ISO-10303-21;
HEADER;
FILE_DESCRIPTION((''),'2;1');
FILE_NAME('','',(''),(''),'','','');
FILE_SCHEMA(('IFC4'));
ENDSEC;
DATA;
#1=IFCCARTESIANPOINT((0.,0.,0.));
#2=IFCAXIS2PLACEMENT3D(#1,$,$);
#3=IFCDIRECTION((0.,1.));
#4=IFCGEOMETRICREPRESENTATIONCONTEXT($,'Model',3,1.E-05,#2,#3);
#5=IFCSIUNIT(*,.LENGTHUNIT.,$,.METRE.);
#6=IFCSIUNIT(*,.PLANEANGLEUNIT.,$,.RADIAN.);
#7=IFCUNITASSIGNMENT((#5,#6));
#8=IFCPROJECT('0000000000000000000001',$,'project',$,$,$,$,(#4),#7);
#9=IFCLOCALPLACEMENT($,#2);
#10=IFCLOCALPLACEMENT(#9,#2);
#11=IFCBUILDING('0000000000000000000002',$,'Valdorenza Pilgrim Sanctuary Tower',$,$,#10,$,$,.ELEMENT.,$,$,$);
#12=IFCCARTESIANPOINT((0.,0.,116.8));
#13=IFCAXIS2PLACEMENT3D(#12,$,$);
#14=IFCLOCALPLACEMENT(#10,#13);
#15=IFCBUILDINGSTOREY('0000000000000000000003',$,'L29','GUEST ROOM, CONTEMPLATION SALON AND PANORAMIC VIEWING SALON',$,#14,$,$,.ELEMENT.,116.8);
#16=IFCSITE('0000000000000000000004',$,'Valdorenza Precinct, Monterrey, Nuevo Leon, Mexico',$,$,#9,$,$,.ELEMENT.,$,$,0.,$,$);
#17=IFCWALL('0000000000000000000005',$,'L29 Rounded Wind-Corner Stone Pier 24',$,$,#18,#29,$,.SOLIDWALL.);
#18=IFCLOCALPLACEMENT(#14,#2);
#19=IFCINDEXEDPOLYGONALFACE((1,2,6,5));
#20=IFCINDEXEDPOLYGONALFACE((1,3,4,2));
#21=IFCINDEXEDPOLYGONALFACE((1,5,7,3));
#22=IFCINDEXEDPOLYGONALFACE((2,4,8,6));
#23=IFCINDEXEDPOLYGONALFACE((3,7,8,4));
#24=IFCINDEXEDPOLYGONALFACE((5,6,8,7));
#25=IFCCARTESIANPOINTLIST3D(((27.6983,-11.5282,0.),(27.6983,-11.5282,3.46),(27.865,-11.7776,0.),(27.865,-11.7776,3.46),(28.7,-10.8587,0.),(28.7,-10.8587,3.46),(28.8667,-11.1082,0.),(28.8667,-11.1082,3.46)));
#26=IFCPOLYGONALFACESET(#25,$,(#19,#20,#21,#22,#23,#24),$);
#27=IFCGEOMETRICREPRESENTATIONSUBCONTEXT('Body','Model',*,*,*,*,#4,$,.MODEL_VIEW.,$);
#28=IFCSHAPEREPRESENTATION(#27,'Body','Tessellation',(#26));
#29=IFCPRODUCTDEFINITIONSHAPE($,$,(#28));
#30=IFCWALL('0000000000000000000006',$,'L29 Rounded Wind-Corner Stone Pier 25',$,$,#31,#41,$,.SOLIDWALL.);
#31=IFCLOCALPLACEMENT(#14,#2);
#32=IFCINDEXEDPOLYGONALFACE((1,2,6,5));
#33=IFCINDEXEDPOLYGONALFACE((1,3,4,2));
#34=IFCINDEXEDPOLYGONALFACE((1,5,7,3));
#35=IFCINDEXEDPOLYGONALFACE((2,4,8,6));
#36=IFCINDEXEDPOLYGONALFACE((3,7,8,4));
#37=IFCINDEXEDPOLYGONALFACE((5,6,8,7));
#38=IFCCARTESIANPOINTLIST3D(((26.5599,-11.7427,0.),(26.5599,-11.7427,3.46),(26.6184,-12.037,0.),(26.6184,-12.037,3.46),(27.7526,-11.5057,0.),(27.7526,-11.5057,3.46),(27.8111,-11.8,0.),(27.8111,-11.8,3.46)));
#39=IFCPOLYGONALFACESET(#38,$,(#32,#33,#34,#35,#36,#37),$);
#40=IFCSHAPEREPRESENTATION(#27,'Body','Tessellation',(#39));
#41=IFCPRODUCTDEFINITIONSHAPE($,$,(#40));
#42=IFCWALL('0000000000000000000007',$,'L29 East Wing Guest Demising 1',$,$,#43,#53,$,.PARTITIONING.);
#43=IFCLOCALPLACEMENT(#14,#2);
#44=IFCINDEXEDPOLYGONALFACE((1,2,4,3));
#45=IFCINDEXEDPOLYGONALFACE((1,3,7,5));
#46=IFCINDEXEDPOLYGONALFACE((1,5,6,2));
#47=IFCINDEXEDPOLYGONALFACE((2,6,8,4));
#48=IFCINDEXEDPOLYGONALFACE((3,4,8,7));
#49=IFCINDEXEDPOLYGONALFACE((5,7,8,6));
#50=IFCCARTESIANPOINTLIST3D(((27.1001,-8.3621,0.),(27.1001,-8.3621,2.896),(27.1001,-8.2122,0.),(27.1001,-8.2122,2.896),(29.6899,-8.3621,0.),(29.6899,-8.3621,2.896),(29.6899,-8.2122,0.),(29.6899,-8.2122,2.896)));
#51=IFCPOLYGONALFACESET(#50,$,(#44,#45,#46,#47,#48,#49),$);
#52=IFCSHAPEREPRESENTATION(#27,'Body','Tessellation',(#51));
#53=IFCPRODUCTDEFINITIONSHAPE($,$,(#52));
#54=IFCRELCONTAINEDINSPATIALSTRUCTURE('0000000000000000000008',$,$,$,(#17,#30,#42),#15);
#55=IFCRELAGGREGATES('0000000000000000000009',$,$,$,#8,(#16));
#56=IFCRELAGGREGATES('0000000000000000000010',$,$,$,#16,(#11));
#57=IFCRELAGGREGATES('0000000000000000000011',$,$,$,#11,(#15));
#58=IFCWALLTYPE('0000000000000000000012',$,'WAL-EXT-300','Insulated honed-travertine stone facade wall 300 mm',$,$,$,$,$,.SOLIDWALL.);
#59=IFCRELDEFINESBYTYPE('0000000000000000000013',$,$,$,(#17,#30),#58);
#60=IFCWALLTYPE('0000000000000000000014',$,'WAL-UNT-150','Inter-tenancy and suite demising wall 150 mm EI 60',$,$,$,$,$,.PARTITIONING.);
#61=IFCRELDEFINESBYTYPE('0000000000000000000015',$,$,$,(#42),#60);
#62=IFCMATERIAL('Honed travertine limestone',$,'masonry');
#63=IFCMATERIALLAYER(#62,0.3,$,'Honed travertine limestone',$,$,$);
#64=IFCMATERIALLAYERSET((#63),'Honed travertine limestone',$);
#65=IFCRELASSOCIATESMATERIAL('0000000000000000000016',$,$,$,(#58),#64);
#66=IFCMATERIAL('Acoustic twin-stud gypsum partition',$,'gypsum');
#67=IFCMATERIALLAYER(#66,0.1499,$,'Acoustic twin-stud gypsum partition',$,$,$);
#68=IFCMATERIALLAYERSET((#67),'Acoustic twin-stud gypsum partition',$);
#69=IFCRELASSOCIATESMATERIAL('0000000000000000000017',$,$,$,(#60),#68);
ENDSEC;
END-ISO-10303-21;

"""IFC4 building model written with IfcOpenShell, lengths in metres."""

from ifc_helpers import new_model, si_unit, direction, frame, frame_2d, origin, place, context, subcontext, project, spatial, rectangle, extrude, material, layer, layer_set, type_object, element, save


model = new_model("IFC4")

# Units and contexts
model_context = context("Model", 3, precision=1e-05, world=origin(), true_north=direction((0.0, 1.0)))
body_context = subcontext(model_context, "Body", "Model", "MODEL_VIEW")
ifc_project = project(units=[si_unit("LENGTHUNIT", "METRE"), si_unit("PLANEANGLEUNIT", "RADIAN")], contexts=[model_context])

# Site, building, storey
site_placement = place(None, origin())
site = spatial("IfcSite", under=ifc_project, at=site_placement, Name="Valdorenza Precinct, Monterrey, Nuevo Leon, Mexico", CompositionType="ELEMENT", RefElevation=0.0)
building_placement = place(site_placement, origin())
building = spatial("IfcBuilding", under=site, at=building_placement, Name="Valdorenza Pilgrim Sanctuary Tower", CompositionType="ELEMENT")
storey_placement = place(building_placement, frame((0.0, 0.0, 116.8)))
storey = spatial("IfcBuildingStorey", under=building, at=storey_placement, Name="L29", Description="GUEST ROOM, CONTEMPLATION SALON AND PANORAMIC VIEWING SALON", CompositionType="ELEMENT", Elevation=116.8)

# Shared definitions
ifc_material_1 = material(Name="Acoustic twin-stud gypsum partition", Category="gypsum")

# Walls
ifc_material_2 = material(Name="Honed travertine limestone", Category="masonry")
ifc_layer_1 = layer(ifc_material_2, 0.3, Name="Honed travertine limestone")
ifc_layer_set_1 = layer_set([ifc_layer_1], Name="Honed travertine limestone")
wall_type_1 = type_object("IfcWallType", Name="WAL-EXT-300", Description="Insulated honed-travertine stone facade wall 300 mm", PredefinedType="SOLIDWALL", material=ifc_layer_set_1)
for number, where, z_axis, x_axis, name in (
    (1, (28.7834, -10.9834, 0.0), (0.0, 0.0, 1.0), (-0.831426, -0.555635, 0.0), "L29 Rounded Wind-Corner Stone Pier 24"),
):
    element("IfcWall", number, at=place(storey_placement, frame(where, z_axis=z_axis, x_axis=x_axis)), inside=storey, type_object=wall_type_1, Name=name, PredefinedType="SOLIDWALL", context=body_context, shape_type="SweptSolid", body=[
        extrude(rectangle(XDim=1.2048, YDim=0.3, at=frame_2d((0.6025, 0.0))), origin(), (0.0, 0.0, 1.0), 3.46),
    ])
wall_1_placement = place(storey_placement, frame((27.7817, -11.6528, 0.0), z_axis=(0.0, 0.0, 1.0), x_axis=(-0.980812, -0.194958, 0.0)))
element("IfcWall", 2, at=wall_1_placement, inside=storey, type_object=wall_type_1, Name="L29 Rounded Wind-Corner Stone Pier 25", PredefinedType="SOLIDWALL", context=body_context, shape_type="SweptSolid", body=[
    extrude(rectangle(XDim=1.2161, YDim=0.3, at=frame_2d((0.6079, 0.0))), origin(), (0.0, 0.0, 1.0), 3.46),
])
ifc_layer_2 = layer(ifc_material_1, 0.1499, Name="Acoustic twin-stud gypsum partition")
ifc_layer_set_2 = layer_set([ifc_layer_2], Name="Acoustic twin-stud gypsum partition")
wall_type_2 = type_object("IfcWallType", Name="WAL-UNT-150", Description="Inter-tenancy and suite demising wall 150 mm EI 60", PredefinedType="PARTITIONING", material=ifc_layer_set_2)
wall_2_placement = place(storey_placement, frame((27.1001, -8.2871, 0.0), z_axis=(0.0, 0.0, 1.0), x_axis=(1.0, 0.0, 0.0)))
element("IfcWall", 3, at=wall_2_placement, inside=storey, type_object=wall_type_2, Name="L29 East Wing Guest Demising 1", PredefinedType="PARTITIONING", context=body_context, shape_type="SweptSolid", body=[
    extrude(rectangle(XDim=2.5898, YDim=0.1499, at=frame_2d((1.2949, 0.0))), origin(), (0.0, 0.0, 1.0), 2.896),
])

save(model, "model.ifc")
